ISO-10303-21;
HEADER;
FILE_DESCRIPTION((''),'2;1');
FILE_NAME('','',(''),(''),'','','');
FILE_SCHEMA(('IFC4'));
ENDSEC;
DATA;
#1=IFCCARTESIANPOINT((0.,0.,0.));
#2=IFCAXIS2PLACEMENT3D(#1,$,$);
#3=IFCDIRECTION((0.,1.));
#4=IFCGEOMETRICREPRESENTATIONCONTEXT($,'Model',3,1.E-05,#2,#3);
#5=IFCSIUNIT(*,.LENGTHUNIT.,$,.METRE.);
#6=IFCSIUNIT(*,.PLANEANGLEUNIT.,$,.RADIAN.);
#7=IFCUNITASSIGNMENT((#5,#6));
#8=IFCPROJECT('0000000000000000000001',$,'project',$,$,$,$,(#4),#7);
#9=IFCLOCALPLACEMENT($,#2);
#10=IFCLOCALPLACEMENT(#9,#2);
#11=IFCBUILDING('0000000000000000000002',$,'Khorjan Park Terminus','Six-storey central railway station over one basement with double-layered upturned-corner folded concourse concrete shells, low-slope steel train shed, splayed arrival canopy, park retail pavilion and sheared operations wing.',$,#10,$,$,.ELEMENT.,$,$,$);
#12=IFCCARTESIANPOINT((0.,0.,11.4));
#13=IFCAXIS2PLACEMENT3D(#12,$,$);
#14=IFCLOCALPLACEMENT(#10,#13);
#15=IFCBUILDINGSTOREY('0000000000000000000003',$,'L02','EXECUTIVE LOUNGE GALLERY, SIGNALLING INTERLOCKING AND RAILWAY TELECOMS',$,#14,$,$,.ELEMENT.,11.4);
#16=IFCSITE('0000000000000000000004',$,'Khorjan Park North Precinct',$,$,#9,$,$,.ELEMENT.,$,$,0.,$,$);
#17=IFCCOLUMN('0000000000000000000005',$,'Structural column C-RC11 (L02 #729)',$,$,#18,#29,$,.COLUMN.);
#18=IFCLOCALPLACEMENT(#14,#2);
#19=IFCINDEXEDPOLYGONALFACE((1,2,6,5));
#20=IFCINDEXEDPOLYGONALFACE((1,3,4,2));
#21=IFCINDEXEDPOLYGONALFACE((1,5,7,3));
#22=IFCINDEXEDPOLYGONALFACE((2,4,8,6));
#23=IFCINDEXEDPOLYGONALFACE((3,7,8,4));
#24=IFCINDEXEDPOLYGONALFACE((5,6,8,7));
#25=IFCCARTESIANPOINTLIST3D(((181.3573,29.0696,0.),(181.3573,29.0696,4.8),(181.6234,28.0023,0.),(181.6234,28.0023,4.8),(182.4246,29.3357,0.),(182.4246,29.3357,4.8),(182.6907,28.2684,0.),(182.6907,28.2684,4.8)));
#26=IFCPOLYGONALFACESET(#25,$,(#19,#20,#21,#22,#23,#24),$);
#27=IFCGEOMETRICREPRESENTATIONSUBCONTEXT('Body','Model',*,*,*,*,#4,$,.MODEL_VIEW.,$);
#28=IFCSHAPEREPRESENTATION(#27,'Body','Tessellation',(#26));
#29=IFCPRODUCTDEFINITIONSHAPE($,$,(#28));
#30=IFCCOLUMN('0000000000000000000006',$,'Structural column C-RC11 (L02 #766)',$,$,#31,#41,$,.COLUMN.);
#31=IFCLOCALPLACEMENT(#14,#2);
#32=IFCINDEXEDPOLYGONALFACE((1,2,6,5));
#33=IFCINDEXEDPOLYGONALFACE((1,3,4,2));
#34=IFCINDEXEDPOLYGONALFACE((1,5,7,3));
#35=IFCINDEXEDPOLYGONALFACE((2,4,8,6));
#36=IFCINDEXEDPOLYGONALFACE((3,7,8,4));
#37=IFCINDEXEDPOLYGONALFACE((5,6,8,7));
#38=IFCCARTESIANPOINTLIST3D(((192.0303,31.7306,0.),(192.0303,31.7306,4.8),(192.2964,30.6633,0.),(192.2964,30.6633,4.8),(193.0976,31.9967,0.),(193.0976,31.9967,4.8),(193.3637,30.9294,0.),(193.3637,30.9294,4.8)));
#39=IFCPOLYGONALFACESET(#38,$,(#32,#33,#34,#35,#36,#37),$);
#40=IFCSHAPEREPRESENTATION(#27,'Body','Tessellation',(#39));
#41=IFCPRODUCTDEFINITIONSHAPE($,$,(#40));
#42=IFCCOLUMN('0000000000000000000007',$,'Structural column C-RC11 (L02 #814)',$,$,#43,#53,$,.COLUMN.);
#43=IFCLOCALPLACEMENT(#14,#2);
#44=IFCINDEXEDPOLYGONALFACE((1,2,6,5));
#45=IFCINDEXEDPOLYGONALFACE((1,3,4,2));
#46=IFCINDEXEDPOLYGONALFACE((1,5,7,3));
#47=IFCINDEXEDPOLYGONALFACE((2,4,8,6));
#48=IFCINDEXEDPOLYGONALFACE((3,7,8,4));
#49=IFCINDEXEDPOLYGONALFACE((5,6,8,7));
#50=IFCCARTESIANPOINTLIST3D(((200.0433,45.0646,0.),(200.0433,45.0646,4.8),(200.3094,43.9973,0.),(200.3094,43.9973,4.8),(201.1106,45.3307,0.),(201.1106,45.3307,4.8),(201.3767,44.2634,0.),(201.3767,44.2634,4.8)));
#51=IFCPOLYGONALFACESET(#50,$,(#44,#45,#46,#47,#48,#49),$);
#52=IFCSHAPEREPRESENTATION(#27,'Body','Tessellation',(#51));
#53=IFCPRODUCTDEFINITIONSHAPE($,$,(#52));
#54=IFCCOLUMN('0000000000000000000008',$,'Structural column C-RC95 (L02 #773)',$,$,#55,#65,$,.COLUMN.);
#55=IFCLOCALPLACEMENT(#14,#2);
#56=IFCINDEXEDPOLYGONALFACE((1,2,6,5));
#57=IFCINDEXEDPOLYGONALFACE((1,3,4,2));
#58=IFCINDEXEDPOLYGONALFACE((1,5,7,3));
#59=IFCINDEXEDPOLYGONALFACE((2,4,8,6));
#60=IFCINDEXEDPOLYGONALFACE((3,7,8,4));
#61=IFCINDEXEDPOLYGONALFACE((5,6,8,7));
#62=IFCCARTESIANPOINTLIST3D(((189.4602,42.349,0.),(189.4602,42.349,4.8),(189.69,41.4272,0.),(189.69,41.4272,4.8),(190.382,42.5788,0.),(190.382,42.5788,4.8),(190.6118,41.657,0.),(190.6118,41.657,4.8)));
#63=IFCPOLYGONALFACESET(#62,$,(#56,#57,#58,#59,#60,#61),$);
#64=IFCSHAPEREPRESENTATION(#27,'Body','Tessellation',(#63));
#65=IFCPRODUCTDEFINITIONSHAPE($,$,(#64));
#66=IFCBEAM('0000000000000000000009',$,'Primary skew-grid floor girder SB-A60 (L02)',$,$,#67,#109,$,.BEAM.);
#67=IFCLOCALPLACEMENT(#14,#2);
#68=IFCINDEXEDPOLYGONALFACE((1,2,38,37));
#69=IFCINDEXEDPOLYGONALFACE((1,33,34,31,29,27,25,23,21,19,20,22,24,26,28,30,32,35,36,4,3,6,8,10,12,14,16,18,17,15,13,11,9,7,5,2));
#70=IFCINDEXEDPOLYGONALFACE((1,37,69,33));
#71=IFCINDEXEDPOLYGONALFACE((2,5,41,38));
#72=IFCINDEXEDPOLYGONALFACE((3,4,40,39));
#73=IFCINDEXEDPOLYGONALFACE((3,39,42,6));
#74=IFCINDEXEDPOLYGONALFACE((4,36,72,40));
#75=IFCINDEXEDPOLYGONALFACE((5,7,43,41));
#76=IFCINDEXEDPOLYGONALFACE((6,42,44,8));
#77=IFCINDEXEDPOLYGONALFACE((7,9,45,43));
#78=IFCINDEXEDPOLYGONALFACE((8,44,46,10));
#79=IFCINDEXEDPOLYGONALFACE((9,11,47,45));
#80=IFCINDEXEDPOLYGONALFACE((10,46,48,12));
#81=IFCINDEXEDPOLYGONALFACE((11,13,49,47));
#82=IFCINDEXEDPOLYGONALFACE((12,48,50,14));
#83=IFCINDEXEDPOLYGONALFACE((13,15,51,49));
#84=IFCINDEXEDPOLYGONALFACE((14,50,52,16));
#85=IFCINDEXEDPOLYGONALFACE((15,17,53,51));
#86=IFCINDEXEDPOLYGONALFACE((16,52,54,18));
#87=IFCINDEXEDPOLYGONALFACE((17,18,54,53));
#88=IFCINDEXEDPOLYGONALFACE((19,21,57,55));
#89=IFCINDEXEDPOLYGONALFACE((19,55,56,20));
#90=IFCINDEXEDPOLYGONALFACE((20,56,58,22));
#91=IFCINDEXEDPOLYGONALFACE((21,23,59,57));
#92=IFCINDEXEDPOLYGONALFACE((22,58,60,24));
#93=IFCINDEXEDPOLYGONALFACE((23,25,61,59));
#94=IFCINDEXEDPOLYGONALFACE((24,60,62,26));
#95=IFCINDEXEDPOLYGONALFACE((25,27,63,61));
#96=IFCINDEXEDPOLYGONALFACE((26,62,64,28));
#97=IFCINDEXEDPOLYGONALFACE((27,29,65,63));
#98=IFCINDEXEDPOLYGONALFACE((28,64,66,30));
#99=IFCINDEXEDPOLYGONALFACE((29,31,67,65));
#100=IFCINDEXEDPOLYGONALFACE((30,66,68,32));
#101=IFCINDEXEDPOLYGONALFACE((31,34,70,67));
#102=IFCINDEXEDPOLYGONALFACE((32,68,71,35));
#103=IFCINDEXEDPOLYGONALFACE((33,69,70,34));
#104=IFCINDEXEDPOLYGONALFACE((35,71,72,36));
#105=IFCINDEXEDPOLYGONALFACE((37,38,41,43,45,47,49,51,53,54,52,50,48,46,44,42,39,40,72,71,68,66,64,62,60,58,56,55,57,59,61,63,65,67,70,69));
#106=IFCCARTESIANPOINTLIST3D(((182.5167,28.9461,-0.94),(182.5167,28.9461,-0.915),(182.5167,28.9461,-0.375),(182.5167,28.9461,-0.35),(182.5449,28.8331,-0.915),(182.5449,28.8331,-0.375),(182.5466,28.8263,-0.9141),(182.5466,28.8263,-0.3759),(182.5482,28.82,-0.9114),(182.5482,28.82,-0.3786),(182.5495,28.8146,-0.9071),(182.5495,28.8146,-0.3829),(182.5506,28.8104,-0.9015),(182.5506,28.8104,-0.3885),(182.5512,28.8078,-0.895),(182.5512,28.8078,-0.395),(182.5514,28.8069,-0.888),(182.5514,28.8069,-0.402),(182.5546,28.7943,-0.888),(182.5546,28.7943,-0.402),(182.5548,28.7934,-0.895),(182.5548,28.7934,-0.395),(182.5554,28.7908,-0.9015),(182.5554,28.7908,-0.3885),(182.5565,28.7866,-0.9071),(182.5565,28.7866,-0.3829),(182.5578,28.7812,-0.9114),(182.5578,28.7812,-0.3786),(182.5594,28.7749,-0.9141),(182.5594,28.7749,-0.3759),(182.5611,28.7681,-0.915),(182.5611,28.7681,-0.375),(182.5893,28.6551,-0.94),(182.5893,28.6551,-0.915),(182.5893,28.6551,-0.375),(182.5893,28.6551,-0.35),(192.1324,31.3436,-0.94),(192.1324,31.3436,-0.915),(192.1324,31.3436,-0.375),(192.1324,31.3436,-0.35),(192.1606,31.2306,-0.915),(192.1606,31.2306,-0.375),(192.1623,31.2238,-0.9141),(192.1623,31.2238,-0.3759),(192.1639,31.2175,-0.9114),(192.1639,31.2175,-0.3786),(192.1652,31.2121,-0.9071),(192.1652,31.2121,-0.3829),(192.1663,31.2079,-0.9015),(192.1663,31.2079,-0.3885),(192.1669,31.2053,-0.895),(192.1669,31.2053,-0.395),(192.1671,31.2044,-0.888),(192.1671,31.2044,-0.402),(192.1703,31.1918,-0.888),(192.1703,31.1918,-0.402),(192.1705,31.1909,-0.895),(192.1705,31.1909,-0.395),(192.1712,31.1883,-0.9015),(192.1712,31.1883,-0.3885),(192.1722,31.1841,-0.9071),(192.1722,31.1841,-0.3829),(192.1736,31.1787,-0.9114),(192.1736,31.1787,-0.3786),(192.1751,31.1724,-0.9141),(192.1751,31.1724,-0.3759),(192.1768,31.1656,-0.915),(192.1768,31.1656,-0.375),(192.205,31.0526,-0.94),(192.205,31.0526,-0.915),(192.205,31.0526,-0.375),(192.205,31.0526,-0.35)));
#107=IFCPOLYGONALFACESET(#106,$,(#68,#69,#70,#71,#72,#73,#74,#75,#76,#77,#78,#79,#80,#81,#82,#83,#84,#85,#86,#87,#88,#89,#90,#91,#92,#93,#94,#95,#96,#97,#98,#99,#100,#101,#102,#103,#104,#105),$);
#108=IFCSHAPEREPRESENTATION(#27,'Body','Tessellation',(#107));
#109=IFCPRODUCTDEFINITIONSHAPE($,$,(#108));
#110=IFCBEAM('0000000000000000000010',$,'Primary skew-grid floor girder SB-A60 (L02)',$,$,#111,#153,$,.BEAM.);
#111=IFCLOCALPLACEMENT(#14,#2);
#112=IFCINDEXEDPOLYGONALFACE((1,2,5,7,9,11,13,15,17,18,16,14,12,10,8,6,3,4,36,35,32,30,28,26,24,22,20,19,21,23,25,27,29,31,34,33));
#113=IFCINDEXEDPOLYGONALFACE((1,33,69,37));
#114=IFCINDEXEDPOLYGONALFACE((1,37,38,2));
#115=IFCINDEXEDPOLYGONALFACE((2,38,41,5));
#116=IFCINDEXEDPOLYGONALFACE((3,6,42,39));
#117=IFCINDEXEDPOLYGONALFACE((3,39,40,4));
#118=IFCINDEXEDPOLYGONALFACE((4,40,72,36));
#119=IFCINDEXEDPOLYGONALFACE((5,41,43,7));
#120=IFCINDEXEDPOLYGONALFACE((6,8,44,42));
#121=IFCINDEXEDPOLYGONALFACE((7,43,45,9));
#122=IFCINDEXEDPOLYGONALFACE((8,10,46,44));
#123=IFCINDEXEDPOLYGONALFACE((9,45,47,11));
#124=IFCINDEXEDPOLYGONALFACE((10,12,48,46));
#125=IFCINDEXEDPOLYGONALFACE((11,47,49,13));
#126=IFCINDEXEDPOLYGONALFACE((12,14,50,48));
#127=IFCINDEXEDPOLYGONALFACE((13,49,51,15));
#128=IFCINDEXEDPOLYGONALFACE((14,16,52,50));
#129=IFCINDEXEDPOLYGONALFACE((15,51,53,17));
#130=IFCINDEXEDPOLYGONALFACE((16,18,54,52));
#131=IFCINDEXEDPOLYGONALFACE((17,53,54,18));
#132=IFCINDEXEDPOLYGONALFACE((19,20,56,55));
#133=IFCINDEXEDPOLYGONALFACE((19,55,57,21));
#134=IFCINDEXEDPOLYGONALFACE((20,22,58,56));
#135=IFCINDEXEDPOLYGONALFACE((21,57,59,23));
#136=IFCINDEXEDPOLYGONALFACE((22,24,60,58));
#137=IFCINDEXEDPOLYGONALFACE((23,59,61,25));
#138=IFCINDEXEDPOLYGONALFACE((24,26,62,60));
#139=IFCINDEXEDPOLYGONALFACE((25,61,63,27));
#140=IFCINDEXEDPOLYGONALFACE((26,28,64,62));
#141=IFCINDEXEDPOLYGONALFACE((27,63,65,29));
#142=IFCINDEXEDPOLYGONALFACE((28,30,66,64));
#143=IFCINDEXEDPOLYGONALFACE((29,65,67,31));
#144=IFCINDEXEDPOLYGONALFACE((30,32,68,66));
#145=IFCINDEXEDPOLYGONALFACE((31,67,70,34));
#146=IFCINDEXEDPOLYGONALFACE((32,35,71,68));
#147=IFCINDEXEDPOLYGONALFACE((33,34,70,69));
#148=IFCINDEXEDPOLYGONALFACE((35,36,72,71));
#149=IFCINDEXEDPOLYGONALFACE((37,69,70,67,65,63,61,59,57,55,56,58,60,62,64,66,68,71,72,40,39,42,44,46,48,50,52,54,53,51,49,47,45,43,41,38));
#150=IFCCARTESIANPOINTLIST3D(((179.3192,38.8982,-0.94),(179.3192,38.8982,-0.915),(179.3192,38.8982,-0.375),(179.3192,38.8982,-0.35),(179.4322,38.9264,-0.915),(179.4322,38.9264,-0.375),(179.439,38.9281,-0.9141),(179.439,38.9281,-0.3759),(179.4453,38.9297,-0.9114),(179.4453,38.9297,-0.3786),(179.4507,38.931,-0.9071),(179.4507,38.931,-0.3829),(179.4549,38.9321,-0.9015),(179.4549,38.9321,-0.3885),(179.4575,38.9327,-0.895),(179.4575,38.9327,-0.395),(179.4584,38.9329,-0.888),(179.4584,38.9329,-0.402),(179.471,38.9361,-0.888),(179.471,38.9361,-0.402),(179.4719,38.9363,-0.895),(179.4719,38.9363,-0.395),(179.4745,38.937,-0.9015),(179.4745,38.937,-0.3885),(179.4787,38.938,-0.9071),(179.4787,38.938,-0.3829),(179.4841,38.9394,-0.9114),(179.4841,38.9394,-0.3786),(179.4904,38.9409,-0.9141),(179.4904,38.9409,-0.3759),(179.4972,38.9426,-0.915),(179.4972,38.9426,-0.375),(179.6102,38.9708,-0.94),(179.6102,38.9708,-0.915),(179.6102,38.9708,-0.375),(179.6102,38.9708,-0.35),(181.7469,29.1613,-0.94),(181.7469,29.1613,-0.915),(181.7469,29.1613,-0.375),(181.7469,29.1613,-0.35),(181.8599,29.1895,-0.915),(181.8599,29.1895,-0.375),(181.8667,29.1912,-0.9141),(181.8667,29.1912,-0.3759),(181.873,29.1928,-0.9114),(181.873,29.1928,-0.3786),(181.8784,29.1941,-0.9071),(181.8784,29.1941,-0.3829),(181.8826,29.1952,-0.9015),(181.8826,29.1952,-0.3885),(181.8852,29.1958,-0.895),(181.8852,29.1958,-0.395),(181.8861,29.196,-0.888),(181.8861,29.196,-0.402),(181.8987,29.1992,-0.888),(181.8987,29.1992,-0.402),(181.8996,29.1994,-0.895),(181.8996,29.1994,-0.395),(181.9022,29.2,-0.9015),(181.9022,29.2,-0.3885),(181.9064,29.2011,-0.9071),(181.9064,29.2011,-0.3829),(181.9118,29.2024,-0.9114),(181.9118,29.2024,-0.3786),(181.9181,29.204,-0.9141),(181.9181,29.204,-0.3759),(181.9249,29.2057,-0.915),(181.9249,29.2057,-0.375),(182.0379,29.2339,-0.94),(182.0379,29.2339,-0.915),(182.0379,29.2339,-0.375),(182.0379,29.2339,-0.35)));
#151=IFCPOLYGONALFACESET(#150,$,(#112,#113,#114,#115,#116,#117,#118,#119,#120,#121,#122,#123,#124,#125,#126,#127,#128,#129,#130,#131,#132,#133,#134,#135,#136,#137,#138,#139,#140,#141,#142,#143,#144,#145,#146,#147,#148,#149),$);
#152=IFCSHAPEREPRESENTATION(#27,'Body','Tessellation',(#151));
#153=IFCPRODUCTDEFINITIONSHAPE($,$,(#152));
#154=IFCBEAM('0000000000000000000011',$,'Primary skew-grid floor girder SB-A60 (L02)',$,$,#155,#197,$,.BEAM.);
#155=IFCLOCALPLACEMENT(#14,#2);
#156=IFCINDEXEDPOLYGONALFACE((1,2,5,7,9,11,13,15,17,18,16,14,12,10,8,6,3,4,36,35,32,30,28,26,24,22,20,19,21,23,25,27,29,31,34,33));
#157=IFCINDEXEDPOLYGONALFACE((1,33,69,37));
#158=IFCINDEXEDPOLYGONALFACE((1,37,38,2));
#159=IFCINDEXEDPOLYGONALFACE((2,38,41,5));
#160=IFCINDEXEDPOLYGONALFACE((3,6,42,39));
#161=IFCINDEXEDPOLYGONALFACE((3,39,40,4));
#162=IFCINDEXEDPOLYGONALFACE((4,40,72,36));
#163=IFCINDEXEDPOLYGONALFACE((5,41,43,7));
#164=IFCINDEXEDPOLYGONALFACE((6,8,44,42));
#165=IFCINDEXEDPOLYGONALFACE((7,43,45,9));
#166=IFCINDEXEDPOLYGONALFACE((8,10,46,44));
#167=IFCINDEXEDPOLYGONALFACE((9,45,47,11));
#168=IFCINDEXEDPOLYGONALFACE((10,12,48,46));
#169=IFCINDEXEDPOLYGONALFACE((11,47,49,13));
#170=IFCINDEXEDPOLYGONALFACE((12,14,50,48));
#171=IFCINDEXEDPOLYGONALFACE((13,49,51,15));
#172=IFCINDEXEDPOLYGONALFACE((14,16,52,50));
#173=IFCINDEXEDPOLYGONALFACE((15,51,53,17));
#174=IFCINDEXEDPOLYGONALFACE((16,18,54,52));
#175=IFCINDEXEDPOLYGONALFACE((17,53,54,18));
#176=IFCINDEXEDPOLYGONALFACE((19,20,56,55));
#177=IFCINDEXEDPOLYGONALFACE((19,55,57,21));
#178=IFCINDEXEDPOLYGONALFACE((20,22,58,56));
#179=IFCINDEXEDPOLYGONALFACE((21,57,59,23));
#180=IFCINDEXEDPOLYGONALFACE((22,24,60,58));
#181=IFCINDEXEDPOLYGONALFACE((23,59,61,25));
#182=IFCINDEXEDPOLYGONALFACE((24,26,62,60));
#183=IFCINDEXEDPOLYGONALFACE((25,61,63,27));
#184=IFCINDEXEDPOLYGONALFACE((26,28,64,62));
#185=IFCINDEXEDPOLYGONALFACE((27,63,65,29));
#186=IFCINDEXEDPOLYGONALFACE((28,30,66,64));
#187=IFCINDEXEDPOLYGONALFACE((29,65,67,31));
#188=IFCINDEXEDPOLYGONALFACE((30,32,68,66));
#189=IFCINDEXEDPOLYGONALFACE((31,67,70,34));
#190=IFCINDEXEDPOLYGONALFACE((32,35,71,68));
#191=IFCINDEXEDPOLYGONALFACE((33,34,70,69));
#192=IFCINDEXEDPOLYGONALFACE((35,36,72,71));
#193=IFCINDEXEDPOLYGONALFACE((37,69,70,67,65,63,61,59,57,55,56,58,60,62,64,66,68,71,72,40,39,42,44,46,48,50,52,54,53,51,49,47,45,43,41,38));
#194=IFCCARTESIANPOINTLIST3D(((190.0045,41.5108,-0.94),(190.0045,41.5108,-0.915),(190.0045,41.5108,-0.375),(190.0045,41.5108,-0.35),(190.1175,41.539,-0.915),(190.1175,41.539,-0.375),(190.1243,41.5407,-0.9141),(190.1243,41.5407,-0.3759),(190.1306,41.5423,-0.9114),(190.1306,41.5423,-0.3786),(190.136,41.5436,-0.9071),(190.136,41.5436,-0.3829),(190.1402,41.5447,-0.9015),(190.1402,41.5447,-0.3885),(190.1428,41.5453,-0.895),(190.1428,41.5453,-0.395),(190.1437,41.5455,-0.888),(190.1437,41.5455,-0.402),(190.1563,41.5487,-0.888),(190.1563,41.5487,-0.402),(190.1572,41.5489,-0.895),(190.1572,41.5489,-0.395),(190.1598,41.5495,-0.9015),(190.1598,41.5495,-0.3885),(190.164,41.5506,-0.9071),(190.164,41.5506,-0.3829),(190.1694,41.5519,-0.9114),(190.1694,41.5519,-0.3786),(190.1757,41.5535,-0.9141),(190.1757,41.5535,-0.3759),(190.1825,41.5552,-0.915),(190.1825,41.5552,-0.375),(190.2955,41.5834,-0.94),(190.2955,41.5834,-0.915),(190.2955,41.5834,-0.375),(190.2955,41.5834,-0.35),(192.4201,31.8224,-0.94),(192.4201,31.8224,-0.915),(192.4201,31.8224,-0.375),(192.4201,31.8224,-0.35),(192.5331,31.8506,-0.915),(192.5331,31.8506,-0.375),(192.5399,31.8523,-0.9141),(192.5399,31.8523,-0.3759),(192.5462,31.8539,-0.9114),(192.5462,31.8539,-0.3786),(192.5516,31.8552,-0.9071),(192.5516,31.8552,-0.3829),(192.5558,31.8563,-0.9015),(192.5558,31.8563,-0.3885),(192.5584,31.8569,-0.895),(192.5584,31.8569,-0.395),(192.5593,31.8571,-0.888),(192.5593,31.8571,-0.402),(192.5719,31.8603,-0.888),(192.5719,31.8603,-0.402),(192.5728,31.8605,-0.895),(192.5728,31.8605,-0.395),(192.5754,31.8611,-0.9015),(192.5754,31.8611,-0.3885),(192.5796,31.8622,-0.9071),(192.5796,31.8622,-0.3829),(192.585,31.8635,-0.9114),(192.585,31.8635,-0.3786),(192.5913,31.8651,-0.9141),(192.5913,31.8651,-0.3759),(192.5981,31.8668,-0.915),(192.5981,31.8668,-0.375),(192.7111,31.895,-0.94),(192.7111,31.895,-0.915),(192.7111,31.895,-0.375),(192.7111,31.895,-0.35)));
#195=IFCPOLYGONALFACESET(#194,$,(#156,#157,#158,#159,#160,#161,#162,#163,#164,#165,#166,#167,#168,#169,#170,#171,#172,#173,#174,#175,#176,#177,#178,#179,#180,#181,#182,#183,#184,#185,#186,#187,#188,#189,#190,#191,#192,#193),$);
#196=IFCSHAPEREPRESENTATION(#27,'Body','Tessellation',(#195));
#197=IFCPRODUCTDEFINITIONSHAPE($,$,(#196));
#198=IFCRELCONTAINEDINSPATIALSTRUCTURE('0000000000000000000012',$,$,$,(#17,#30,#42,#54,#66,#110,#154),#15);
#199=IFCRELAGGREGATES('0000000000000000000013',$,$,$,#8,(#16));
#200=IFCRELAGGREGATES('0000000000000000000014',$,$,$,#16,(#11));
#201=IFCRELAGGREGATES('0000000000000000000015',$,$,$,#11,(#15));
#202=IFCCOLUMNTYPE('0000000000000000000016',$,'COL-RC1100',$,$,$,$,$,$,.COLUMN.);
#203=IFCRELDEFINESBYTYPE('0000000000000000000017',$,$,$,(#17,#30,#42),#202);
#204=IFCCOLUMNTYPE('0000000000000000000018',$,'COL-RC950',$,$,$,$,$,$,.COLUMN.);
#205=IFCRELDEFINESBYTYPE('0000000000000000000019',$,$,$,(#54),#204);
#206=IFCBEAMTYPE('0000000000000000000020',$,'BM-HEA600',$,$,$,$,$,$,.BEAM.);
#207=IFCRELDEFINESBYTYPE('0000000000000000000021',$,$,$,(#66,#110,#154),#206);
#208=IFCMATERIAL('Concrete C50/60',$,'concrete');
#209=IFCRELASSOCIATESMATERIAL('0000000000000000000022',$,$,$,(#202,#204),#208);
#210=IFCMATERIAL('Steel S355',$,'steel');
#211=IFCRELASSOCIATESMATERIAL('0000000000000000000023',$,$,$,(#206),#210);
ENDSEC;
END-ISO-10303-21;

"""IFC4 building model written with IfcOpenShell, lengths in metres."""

from ifc_helpers import new_model, si_unit, direction, frame, origin, origin_2d, place, context, subcontext, project, spatial, rectangle, i_section, extrude, material, material_profile, profile_set, type_object, element, save


model = new_model("IFC4")

# Units and contexts
model_context = context("Model", 3, precision=1e-05, world=origin(), true_north=direction((0.0, 1.0)))
body_context = subcontext(model_context, "Body", "Model", "MODEL_VIEW")
ifc_project = project(units=[si_unit("LENGTHUNIT", "METRE"), si_unit("PLANEANGLEUNIT", "RADIAN")], contexts=[model_context])

# Site, building, storey
site_placement = place(None, origin())
site = spatial("IfcSite", under=ifc_project, at=site_placement, Name="Khorjan Park North Precinct", CompositionType="ELEMENT", RefElevation=0.0)
building_placement = place(site_placement, origin())
building = spatial("IfcBuilding", under=site, at=building_placement, Name="Khorjan Park Terminus", Description="Six-storey central railway station over one basement with double-layered upturned-corner folded concourse concrete shells, low-slope steel train shed, splayed arrival canopy, park retail pavilion and sheared operations wing.", CompositionType="ELEMENT")
storey_placement = place(building_placement, frame((0.0, 0.0, 11.4)))
storey = spatial("IfcBuildingStorey", under=building, at=storey_placement, Name="L02", Description="EXECUTIVE LOUNGE GALLERY, SIGNALLING INTERLOCKING AND RAILWAY TELECOMS", CompositionType="ELEMENT", Elevation=11.4)

# Columns
ifc_material_1 = material(Name="Concrete C50/60", Category="concrete")
ifc_material_profile_1 = material_profile(ifc_material_1, rectangle(XDim=1.1, YDim=1.1, at=origin_2d()), Name="RC 1100x1100")
ifc_profile_set_1 = profile_set([ifc_material_profile_1], Name="Concrete C50/60")
column_type_1 = type_object("IfcColumnType", Name="COL-RC1100", PredefinedType="COLUMN", material=ifc_profile_set_1)
for number, where, z_axis, x_axis, name in (
    (1, (182.024, 28.669, 0.0), (0.0, 0.0, 1.0), (0.970296, 0.241922, 0.0), "Structural column C-RC11 (L02 #729)"),
    (2, (192.697, 31.33, 0.0), (0.0, 0.0, 1.0), (0.970296, 0.241922, 0.0), "Structural column C-RC11 (L02 #766)"),
    (3, (200.71, 44.664, 0.0), (0.0, 0.0, 1.0), (0.970296, 0.241922, 0.0), "Structural column C-RC11 (L02 #814)"),
):
    element("IfcColumn", number, at=place(storey_placement, frame(where, z_axis=z_axis, x_axis=x_axis)), inside=storey, type_object=column_type_1, Name=name, PredefinedType="COLUMN", context=body_context, shape_type="SweptSolid", body=[
        extrude(rectangle(XDim=1.1, YDim=1.1, at=origin_2d()), origin(), (0.0, 0.0, 1.0), 4.8),
    ])
ifc_material_profile_2 = material_profile(ifc_material_1, rectangle(XDim=0.95, YDim=0.95, at=origin_2d()), Name="RC 950x950")
ifc_profile_set_2 = profile_set([ifc_material_profile_2], Name="Concrete C50/60")
column_type_2 = type_object("IfcColumnType", Name="COL-RC950", PredefinedType="COLUMN", material=ifc_profile_set_2)
column_placement = place(storey_placement, frame((190.036, 42.003, 0.0), z_axis=(0.0, 0.0, 1.0), x_axis=(0.970296, 0.241922, 0.0)))
element("IfcColumn", 4, at=column_placement, inside=storey, type_object=column_type_2, Name="Structural column C-RC95 (L02 #773)", PredefinedType="COLUMN", context=body_context, shape_type="SweptSolid", body=[
    extrude(rectangle(XDim=0.95, YDim=0.95, at=origin_2d()), origin(), (0.0, 0.0, 1.0), 4.8),
])

# Beams
ifc_material_2 = material(Name="Steel S355", Category="steel")
ifc_material_profile_3 = material_profile(ifc_material_2, i_section(OverallWidth=0.3, OverallDepth=0.59, WebThickness=0.013, FlangeThickness=0.025, FilletRadius=0.027, at=origin_2d()), Name="HEA 600")
ifc_profile_set_3 = profile_set([ifc_material_profile_3], Name="Steel S355")
beam_type_1 = type_object("IfcBeamType", Name="BM-HEA600", PredefinedType="BEAM", material=ifc_profile_set_3)
beam_1_placement = place(storey_placement, frame((182.553, 28.8006, -0.645), z_axis=(0.970295, 0.241925, 0.0), x_axis=(-0.241925, 0.970295, 0.0)))
element("IfcBeam", 5, at=beam_1_placement, inside=storey, type_object=beam_type_1, Name="Primary skew-grid floor girder SB-A60 (L02)", PredefinedType="BEAM", context=body_context, shape_type="SweptSolid", body=[
    extrude(i_section(OverallWidth=0.3, OverallDepth=0.59, WebThickness=0.013, FlangeThickness=0.025, FilletRadius=0.027, at=origin_2d()), origin(), (0.0, 0.0, 1.0), 9.9101),
])
beam_2_placement = place(storey_placement, frame((181.8924, 29.1976, -0.645), z_axis=(-0.241924, 0.970295, 0.0), x_axis=(-0.970295, -0.241924, 0.0)))
element("IfcBeam", 6, at=beam_2_placement, inside=storey, type_object=beam_type_1, Name="Primary skew-grid floor girder SB-A60 (L02)", PredefinedType="BEAM", context=body_context, shape_type="SweptSolid", body=[
    extrude(i_section(OverallWidth=0.3, OverallDepth=0.59, WebThickness=0.013, FlangeThickness=0.025, FilletRadius=0.027, at=origin_2d()), origin(), (0.0, 0.0, 1.0), 10.035),
])
beam_3_placement = place(storey_placement, frame((192.5656, 31.8587, -0.645), z_axis=(-0.241923, 0.970295, 0.0), x_axis=(-0.970295, -0.241923, 0.0)))
element("IfcBeam", 7, at=beam_3_placement, inside=storey, type_object=beam_type_1, Name="Primary skew-grid floor girder SB-A60 (L02)", PredefinedType="BEAM", context=body_context, shape_type="SweptSolid", body=[
    extrude(i_section(OverallWidth=0.3, OverallDepth=0.59, WebThickness=0.013, FlangeThickness=0.025, FilletRadius=0.027, at=origin_2d()), origin(), (0.0, 0.0, 1.0), 9.985),
])

save(model, "model.ifc")
